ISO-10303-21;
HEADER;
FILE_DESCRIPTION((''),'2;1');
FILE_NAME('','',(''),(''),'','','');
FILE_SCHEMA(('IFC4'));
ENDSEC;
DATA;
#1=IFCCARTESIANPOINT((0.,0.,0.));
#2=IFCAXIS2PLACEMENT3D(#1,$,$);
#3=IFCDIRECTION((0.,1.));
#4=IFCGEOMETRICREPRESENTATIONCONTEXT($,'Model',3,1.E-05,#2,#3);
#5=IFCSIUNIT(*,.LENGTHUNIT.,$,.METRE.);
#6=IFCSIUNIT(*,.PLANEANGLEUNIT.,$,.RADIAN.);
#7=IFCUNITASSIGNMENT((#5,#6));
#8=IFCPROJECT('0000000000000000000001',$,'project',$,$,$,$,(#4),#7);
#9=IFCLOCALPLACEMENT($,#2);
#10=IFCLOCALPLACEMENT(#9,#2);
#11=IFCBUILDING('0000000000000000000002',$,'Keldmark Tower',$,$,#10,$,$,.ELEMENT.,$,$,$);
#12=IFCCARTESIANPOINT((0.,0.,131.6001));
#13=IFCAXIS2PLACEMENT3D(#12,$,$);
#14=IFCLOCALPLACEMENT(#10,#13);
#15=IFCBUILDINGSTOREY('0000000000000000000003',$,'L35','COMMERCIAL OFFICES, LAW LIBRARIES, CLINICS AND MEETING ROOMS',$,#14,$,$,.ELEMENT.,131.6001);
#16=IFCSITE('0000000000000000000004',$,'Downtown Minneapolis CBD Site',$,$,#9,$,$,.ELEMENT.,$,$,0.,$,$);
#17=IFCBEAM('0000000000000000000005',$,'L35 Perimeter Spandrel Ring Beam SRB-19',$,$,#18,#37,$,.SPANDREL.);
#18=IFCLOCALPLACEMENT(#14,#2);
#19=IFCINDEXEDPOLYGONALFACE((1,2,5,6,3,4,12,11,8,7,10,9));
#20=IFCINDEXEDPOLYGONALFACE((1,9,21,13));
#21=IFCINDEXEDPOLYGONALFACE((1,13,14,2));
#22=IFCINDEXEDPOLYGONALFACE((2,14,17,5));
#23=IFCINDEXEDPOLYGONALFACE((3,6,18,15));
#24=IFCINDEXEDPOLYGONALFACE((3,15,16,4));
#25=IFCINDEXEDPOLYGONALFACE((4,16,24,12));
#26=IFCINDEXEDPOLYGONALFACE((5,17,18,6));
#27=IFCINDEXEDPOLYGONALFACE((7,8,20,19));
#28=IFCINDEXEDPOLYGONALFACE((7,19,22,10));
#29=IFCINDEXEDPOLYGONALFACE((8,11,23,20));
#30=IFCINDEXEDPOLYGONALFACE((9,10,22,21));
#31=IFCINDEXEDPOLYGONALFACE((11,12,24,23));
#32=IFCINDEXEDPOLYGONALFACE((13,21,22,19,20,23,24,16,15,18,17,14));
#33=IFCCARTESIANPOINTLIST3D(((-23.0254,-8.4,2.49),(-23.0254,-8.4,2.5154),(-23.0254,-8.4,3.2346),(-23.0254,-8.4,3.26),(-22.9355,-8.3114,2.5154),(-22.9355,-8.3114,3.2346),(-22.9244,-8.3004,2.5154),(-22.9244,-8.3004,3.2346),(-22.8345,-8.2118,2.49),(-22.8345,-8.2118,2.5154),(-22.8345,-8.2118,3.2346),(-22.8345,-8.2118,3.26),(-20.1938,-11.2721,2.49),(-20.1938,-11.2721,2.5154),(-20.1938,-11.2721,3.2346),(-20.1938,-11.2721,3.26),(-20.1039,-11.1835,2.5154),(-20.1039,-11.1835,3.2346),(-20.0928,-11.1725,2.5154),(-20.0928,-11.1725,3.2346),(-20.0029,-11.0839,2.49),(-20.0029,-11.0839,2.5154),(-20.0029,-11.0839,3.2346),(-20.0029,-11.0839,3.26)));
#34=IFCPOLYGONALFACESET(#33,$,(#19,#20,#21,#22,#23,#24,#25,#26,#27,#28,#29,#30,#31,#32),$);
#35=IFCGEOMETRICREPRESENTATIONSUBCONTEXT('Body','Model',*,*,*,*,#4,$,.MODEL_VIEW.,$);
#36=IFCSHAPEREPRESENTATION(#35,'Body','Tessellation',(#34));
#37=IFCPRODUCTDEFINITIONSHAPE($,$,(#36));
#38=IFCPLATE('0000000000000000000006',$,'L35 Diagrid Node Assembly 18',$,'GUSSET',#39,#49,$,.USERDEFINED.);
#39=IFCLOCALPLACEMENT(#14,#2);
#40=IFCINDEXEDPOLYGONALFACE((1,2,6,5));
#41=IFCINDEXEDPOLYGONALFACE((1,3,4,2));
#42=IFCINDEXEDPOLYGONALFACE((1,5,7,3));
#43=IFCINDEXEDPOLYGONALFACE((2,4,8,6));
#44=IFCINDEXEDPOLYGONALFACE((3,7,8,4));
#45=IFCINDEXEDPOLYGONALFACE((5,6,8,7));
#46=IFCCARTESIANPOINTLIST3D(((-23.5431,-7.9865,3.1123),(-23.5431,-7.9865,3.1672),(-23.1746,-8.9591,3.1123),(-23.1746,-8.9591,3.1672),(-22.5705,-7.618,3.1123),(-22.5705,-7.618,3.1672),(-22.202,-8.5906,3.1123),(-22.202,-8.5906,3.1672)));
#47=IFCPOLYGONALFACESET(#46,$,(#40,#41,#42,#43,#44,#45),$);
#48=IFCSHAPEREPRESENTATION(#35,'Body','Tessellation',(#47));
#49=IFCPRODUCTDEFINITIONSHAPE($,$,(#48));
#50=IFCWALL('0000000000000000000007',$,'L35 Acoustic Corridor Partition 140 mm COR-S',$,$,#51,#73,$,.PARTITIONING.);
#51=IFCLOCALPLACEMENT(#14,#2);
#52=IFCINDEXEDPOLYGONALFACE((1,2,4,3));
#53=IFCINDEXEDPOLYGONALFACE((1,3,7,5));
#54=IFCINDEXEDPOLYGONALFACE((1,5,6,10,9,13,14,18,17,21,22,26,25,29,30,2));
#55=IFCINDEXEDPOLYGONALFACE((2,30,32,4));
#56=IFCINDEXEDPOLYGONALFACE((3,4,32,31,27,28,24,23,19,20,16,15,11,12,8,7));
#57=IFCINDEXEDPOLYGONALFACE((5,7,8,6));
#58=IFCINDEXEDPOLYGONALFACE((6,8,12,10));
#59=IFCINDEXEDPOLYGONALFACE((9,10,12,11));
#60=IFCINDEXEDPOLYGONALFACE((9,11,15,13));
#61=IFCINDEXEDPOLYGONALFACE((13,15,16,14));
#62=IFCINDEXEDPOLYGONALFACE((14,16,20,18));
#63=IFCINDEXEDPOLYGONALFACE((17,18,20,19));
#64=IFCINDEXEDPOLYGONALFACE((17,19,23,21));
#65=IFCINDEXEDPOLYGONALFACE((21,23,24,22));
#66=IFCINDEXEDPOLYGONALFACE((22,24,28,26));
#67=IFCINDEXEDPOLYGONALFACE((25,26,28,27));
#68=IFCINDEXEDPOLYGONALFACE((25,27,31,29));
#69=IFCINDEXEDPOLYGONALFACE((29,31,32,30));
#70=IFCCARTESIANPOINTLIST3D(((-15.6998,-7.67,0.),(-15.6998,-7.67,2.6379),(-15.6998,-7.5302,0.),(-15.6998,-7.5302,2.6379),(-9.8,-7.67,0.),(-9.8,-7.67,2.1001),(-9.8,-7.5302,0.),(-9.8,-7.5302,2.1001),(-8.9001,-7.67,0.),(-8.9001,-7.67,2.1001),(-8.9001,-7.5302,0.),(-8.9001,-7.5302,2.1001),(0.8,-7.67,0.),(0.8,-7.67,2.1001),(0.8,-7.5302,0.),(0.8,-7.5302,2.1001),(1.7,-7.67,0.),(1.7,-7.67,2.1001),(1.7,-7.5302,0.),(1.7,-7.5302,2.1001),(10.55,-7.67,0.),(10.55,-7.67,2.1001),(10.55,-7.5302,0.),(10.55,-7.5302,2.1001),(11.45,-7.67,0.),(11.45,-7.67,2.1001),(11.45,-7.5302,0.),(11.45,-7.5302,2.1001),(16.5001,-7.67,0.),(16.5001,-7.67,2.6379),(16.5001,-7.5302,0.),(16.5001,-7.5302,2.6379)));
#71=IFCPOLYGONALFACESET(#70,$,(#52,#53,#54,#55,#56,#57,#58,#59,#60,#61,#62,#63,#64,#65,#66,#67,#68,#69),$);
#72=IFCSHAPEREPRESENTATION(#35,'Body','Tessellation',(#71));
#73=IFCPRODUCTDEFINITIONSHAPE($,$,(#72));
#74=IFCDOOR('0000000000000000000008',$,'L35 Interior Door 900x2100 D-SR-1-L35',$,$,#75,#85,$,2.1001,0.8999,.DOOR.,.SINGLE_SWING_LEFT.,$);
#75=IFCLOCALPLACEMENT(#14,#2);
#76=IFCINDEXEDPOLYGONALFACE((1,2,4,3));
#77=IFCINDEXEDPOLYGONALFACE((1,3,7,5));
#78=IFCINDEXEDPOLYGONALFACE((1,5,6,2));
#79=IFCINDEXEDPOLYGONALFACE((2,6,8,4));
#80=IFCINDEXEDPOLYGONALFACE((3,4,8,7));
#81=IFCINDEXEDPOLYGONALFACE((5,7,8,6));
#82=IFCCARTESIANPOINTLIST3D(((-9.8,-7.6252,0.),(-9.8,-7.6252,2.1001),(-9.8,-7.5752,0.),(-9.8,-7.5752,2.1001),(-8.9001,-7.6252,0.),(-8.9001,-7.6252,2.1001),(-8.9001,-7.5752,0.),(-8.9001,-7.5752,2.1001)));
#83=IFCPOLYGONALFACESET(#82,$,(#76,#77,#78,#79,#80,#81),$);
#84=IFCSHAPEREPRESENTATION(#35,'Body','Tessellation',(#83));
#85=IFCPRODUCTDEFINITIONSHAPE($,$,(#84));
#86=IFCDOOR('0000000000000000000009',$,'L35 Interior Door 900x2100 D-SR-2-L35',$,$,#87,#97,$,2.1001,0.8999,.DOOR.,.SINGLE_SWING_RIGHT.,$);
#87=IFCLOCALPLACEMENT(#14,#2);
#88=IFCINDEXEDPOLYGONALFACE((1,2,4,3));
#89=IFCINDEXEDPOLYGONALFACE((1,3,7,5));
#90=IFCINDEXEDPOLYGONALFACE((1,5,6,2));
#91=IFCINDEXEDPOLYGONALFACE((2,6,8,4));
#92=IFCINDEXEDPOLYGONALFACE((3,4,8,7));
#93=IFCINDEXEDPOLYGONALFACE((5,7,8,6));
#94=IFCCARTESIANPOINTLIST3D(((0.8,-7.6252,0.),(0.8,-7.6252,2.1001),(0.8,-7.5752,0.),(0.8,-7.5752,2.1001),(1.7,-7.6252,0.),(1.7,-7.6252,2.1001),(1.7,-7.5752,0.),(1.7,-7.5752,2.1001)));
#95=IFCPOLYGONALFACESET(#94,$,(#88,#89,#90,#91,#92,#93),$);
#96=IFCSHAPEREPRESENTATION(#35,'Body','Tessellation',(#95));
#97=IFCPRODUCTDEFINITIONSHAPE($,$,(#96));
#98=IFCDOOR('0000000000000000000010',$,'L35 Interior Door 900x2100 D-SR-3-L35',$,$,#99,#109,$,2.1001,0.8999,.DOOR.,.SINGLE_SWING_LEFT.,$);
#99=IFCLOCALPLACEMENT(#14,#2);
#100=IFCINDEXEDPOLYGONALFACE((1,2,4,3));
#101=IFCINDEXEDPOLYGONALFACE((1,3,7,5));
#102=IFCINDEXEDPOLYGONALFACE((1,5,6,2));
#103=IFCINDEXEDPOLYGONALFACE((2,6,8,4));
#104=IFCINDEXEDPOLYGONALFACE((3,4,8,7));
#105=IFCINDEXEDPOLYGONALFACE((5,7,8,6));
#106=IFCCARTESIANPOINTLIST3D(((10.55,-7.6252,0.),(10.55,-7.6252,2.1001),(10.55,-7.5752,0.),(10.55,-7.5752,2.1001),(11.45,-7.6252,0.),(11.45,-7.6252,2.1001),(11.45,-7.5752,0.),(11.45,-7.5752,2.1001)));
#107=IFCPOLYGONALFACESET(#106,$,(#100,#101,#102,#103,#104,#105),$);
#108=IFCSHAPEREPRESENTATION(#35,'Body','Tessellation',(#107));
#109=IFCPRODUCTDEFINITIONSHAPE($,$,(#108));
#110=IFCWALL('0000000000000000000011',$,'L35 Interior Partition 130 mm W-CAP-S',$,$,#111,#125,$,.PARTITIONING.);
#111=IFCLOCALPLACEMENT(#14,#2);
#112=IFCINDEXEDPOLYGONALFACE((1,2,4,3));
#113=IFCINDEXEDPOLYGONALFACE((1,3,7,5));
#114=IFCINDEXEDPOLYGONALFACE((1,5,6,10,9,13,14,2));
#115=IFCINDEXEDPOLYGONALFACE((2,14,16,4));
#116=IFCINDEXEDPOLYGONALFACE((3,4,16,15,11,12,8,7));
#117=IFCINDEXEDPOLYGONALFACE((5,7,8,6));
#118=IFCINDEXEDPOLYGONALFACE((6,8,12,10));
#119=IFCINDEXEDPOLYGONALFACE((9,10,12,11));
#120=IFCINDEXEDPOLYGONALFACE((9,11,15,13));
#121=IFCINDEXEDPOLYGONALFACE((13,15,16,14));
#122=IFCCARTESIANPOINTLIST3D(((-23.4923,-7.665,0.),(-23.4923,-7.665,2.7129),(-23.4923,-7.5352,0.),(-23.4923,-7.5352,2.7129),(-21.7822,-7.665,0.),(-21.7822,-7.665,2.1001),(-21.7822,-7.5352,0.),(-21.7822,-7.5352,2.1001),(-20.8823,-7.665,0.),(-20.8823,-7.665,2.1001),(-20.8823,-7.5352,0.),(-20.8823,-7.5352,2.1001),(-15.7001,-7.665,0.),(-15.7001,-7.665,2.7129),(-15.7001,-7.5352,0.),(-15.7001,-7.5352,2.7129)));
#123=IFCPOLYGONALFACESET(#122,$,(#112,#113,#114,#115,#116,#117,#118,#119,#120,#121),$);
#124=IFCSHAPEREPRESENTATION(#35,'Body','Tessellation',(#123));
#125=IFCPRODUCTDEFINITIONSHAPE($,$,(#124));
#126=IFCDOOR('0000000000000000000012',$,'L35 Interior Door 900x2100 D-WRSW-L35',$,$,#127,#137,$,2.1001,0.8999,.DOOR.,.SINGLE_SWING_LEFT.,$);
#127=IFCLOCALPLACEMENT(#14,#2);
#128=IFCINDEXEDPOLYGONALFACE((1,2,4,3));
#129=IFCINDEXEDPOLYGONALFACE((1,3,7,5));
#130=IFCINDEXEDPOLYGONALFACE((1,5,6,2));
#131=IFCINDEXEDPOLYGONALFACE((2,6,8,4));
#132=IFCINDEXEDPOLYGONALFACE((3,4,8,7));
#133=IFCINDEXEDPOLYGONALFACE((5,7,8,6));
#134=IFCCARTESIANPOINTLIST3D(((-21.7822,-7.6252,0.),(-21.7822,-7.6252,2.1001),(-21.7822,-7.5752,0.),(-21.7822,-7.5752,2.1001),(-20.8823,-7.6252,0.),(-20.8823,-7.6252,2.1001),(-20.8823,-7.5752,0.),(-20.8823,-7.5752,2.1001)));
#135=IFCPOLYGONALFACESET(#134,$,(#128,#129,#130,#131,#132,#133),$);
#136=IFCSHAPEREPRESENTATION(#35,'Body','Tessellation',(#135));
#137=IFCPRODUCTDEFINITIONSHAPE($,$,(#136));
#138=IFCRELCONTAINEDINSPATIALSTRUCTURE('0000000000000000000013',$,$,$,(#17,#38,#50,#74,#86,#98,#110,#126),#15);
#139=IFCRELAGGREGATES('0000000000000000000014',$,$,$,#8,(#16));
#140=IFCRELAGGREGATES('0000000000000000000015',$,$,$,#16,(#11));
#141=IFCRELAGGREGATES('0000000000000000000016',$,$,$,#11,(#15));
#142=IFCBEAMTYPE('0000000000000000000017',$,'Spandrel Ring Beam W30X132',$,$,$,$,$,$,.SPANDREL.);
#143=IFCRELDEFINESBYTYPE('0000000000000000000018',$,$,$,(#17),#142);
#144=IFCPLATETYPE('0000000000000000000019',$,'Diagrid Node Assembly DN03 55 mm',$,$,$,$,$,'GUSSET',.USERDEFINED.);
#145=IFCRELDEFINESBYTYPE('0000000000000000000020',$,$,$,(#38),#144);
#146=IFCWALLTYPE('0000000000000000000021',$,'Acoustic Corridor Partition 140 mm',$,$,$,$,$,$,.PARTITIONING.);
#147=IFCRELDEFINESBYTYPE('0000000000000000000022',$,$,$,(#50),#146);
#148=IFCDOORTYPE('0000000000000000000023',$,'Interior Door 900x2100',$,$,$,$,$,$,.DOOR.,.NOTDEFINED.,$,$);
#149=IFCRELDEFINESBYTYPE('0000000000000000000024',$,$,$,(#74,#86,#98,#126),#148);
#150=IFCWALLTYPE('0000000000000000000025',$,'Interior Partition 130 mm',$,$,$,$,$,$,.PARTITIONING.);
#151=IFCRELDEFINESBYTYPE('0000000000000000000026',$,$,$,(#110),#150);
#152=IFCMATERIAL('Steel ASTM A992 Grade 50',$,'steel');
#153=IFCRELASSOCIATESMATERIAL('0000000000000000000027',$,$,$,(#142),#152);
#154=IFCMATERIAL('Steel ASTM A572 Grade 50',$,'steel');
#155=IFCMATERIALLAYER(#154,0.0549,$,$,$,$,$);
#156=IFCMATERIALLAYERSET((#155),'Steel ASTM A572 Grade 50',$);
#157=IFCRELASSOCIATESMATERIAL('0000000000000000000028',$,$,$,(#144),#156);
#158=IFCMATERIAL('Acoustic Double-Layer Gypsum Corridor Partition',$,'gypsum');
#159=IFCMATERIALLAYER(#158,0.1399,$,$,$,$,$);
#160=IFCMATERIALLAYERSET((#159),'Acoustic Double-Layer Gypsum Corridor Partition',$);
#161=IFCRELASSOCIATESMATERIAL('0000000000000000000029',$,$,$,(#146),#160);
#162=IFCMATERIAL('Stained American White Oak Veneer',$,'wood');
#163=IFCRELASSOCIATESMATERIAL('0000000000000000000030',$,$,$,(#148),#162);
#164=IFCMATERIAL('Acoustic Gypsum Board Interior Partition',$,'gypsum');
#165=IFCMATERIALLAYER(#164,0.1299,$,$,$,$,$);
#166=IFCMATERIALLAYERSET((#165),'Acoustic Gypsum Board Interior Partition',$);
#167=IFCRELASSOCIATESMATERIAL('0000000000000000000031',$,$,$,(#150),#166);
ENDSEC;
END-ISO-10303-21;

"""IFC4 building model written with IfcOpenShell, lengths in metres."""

from ifc_helpers import new_model, si_unit, direction, frame, frame_2d, origin, origin_2d, place, context, subcontext, project, spatial, rectangle, i_section, extrude, material, layer, layer_set, material_profile, profile_set, type_object, element, fill, save


model = new_model("IFC4")

# Units and contexts
model_context = context("Model", 3, precision=1e-05, world=origin(), true_north=direction((0.0, 1.0)))
body_context = subcontext(model_context, "Body", "Model", "MODEL_VIEW")
ifc_project = project(units=[si_unit("LENGTHUNIT", "METRE"), si_unit("PLANEANGLEUNIT", "RADIAN")], contexts=[model_context])

# Site, building, storey
site_placement = place(None, origin())
site = spatial("IfcSite", under=ifc_project, at=site_placement, Name="Downtown Minneapolis CBD Site", CompositionType="ELEMENT", RefElevation=0.0)
building_placement = place(site_placement, origin())
building = spatial("IfcBuilding", under=site, at=building_placement, Name="Keldmark Tower", CompositionType="ELEMENT")
storey_placement = place(building_placement, frame((0.0, 0.0, 131.6001)))
storey = spatial("IfcBuildingStorey", under=building, at=storey_placement, Name="L35", Description="COMMERCIAL OFFICES, LAW LIBRARIES, CLINICS AND MEETING ROOMS", CompositionType="ELEMENT", Elevation=131.6001)

# Beam
ifc_material_1 = material(Name="Steel ASTM A992 Grade 50", Category="steel")
ifc_material_profile_1 = material_profile(ifc_material_1, i_section(OverallWidth=0.2681, OverallDepth=0.77, WebThickness=0.0156, FlangeThickness=0.0254, at=origin_2d()), Name="W30X132")
ifc_profile_set_1 = profile_set([ifc_material_profile_1], Name="Steel ASTM A992 Grade 50")
beam_type_1 = type_object("IfcBeamType", Name="Spandrel Ring Beam W30X132", PredefinedType="SPANDREL", material=ifc_profile_set_1)
beam_1_placement = place(storey_placement, frame((-22.9299, -8.3059, 2.875), z_axis=(0.702065, -0.712113, 0.0), x_axis=(0.712113, 0.702065, 0.0)))
element("IfcBeam", 1, at=beam_1_placement, inside=storey, type_object=beam_type_1, Name="L35 Perimeter Spandrel Ring Beam SRB-19", PredefinedType="SPANDREL", context=body_context, shape_type="SweptSolid", body=[
    extrude(i_section(OverallWidth=0.2681, OverallDepth=0.77, WebThickness=0.0156, FlangeThickness=0.0254, at=origin_2d()), origin(), (0.0, 0.0, 1.0), 4.0332),
])

# Plate
ifc_material_2 = material(Name="Steel ASTM A572 Grade 50", Category="steel")
ifc_layer_1 = layer(ifc_material_2, 0.0549)
ifc_layer_set_1 = layer_set([ifc_layer_1], Name="Steel ASTM A572 Grade 50")
plate_type = type_object("IfcPlateType", Name="Diagrid Node Assembly DN03 55 mm", ElementType="GUSSET", PredefinedType="USERDEFINED", material=ifc_layer_set_1)
plate_placement = place(storey_placement, frame((-22.8726, -8.2886, 3.1123), z_axis=(0.0, 0.0, 1.0), x_axis=(0.354291, -0.935135, 0.0)))
element("IfcPlate", 2, at=plate_placement, inside=storey, type_object=plate_type, Name="L35 Diagrid Node Assembly 18", ObjectType="GUSSET", PredefinedType="USERDEFINED", context=body_context, shape_type="SweptSolid", body=[
    extrude(rectangle(XDim=1.04, YDim=1.04, at=origin_2d()), origin(), (0.0, 0.0, 1.0), 0.0549),
])

# Wall, openings, doors
ifc_material_3 = material(Name="Acoustic Double-Layer Gypsum Corridor Partition", Category="gypsum")
ifc_layer_2 = layer(ifc_material_3, 0.1399)
ifc_layer_set_2 = layer_set([ifc_layer_2], Name="Acoustic Double-Layer Gypsum Corridor Partition")
wall_type_1 = type_object("IfcWallType", Name="Acoustic Corridor Partition 140 mm", PredefinedType="PARTITIONING", material=ifc_layer_set_2)
wall_1_placement = place(storey_placement, frame((-15.7, -7.6001, 0.0), z_axis=(0.0, 0.0, 1.0), x_axis=(1.0, 0.0, 0.0)))
wall_1 = element("IfcWall", 3, at=wall_1_placement, inside=storey, type_object=wall_type_1, Name="L35 Acoustic Corridor Partition 140 mm COR-S", PredefinedType="PARTITIONING", context=body_context, shape_type="SweptSolid", body=[
    extrude(rectangle(XDim=32.2, YDim=0.1399, at=frame_2d((16.1001, 0.0))), origin(), (0.0, 0.0, 1.0), 2.6379),
])
opening_1_placement = place(wall_1_placement, frame((5.8999, 0.0, 0.0)))
opening_1 = element("IfcOpeningElement", 4, at=opening_1_placement, cuts=wall_1, PredefinedType="OPENING", context=body_context, shape_type="SweptSolid", body=[
    extrude(rectangle(XDim=0.8999, YDim=2.1001, at=frame_2d((0.45, 1.05))), frame((0.0, 0.0798, 0.0), z_axis=(0.0, -1.0, 0.0), x_axis=(1.0, 0.0, 0.0)), (0.0, 0.0, 1.0), 0.1599),
])
opening_2_placement = place(wall_1_placement, frame((16.5, 0.0, 0.0)))
opening_2 = element("IfcOpeningElement", 5, at=opening_2_placement, cuts=wall_1, PredefinedType="OPENING", context=body_context, shape_type="SweptSolid", body=[
    extrude(rectangle(XDim=0.8999, YDim=2.1001, at=frame_2d((0.45, 1.05))), frame((0.0, 0.0798, 0.0), z_axis=(0.0, -1.0, 0.0), x_axis=(1.0, 0.0, 0.0)), (0.0, 0.0, 1.0), 0.1599),
])
opening_3_placement = place(wall_1_placement, frame((26.25, 0.0, 0.0)))
opening_3 = element("IfcOpeningElement", 6, at=opening_3_placement, cuts=wall_1, PredefinedType="OPENING", context=body_context, shape_type="SweptSolid", body=[
    extrude(rectangle(XDim=0.8999, YDim=2.1001, at=frame_2d((0.45, 1.05))), frame((0.0, 0.0798, 0.0), z_axis=(0.0, -1.0, 0.0), x_axis=(1.0, 0.0, 0.0)), (0.0, 0.0, 1.0), 0.1599),
])
ifc_material_4 = material(Name="Stained American White Oak Veneer", Category="wood")
door_type = type_object("IfcDoorType", Name="Interior Door 900x2100", OperationType="NOTDEFINED", PredefinedType="DOOR", material=ifc_material_4)
door_1_placement = place(opening_1_placement, origin())
door_1 = element("IfcDoor", 7, at=door_1_placement, inside=storey, type_object=door_type, Name="L35 Interior Door 900x2100 D-SR-1-L35", OperationType="SINGLE_SWING_LEFT", OverallHeight=2.1001, OverallWidth=0.8999, PredefinedType="DOOR", context=body_context, shape_type="SweptSolid", body=[
    extrude(rectangle(XDim=0.8999, YDim=2.1001, at=frame_2d((0.45, 1.05))), frame((0.0, 0.0249, 0.0), z_axis=(0.0, -1.0, 0.0), x_axis=(1.0, 0.0, 0.0)), (0.0, 0.0, 1.0), 0.05),
])
fill(opening_1, door_1)
door_2_placement = place(opening_2_placement, origin())
door_2 = element("IfcDoor", 8, at=door_2_placement, inside=storey, type_object=door_type, Name="L35 Interior Door 900x2100 D-SR-2-L35", OperationType="SINGLE_SWING_RIGHT", OverallHeight=2.1001, OverallWidth=0.8999, PredefinedType="DOOR", context=body_context, shape_type="SweptSolid", body=[
    extrude(rectangle(XDim=0.8999, YDim=2.1001, at=frame_2d((0.45, 1.05))), frame((0.0, 0.0249, 0.0), z_axis=(0.0, -1.0, 0.0), x_axis=(1.0, 0.0, 0.0)), (0.0, 0.0, 1.0), 0.05),
])
fill(opening_2, door_2)
door_3_placement = place(opening_3_placement, origin())
door_3 = element("IfcDoor", 9, at=door_3_placement, inside=storey, type_object=door_type, Name="L35 Interior Door 900x2100 D-SR-3-L35", OperationType="SINGLE_SWING_LEFT", OverallHeight=2.1001, OverallWidth=0.8999, PredefinedType="DOOR", context=body_context, shape_type="SweptSolid", body=[
    extrude(rectangle(XDim=0.8999, YDim=2.1001, at=frame_2d((0.45, 1.05))), frame((0.0, 0.0249, 0.0), z_axis=(0.0, -1.0, 0.0), x_axis=(1.0, 0.0, 0.0)), (0.0, 0.0, 1.0), 0.05),
])
fill(opening_3, door_3)

# Wall, opening, door
ifc_material_5 = material(Name="Acoustic Gypsum Board Interior Partition", Category="gypsum")
ifc_layer_3 = layer(ifc_material_5, 0.1299)
ifc_layer_set_3 = layer_set([ifc_layer_3], Name="Acoustic Gypsum Board Interior Partition")
wall_type_2 = type_object("IfcWallType", Name="Interior Partition 130 mm", PredefinedType="PARTITIONING", material=ifc_layer_set_3)
wall_2_placement = place(storey_placement, frame((-23.4922, -7.6001, 0.0), z_axis=(0.0, 0.0, 1.0), x_axis=(1.0, 0.0, 0.0)))
wall_2 = element("IfcWall", 10, at=wall_2_placement, inside=storey, type_object=wall_type_2, Name="L35 Interior Partition 130 mm W-CAP-S", PredefinedType="PARTITIONING", context=body_context, shape_type="SweptSolid", body=[
    extrude(rectangle(XDim=7.7922, YDim=0.1299, at=frame_2d((3.896, 0.0))), origin(), (0.0, 0.0, 1.0), 2.7129),
])
opening_4_placement = place(wall_2_placement, frame((1.71, 0.0, 0.0)))
opening_4 = element("IfcOpeningElement", 11, at=opening_4_placement, cuts=wall_2, PredefinedType="OPENING", context=body_context, shape_type="SweptSolid", body=[
    extrude(rectangle(XDim=0.8999, YDim=2.1001, at=frame_2d((0.45, 1.05))), frame((0.0, 0.075, 0.0), z_axis=(0.0, -1.0, 0.0), x_axis=(1.0, 0.0, 0.0)), (0.0, 0.0, 1.0), 0.1499),
])
door_4_placement = place(opening_4_placement, origin())
door_4 = element("IfcDoor", 12, at=door_4_placement, inside=storey, type_object=door_type, Name="L35 Interior Door 900x2100 D-WRSW-L35", OperationType="SINGLE_SWING_LEFT", OverallHeight=2.1001, OverallWidth=0.8999, PredefinedType="DOOR", context=body_context, shape_type="SweptSolid", body=[
    extrude(rectangle(XDim=0.8999, YDim=2.1001, at=frame_2d((0.45, 1.05))), frame((0.0, 0.0249, 0.0), z_axis=(0.0, -1.0, 0.0), x_axis=(1.0, 0.0, 0.0)), (0.0, 0.0, 1.0), 0.05),
])
fill(opening_4, door_4)

save(model, "model.ifc")
